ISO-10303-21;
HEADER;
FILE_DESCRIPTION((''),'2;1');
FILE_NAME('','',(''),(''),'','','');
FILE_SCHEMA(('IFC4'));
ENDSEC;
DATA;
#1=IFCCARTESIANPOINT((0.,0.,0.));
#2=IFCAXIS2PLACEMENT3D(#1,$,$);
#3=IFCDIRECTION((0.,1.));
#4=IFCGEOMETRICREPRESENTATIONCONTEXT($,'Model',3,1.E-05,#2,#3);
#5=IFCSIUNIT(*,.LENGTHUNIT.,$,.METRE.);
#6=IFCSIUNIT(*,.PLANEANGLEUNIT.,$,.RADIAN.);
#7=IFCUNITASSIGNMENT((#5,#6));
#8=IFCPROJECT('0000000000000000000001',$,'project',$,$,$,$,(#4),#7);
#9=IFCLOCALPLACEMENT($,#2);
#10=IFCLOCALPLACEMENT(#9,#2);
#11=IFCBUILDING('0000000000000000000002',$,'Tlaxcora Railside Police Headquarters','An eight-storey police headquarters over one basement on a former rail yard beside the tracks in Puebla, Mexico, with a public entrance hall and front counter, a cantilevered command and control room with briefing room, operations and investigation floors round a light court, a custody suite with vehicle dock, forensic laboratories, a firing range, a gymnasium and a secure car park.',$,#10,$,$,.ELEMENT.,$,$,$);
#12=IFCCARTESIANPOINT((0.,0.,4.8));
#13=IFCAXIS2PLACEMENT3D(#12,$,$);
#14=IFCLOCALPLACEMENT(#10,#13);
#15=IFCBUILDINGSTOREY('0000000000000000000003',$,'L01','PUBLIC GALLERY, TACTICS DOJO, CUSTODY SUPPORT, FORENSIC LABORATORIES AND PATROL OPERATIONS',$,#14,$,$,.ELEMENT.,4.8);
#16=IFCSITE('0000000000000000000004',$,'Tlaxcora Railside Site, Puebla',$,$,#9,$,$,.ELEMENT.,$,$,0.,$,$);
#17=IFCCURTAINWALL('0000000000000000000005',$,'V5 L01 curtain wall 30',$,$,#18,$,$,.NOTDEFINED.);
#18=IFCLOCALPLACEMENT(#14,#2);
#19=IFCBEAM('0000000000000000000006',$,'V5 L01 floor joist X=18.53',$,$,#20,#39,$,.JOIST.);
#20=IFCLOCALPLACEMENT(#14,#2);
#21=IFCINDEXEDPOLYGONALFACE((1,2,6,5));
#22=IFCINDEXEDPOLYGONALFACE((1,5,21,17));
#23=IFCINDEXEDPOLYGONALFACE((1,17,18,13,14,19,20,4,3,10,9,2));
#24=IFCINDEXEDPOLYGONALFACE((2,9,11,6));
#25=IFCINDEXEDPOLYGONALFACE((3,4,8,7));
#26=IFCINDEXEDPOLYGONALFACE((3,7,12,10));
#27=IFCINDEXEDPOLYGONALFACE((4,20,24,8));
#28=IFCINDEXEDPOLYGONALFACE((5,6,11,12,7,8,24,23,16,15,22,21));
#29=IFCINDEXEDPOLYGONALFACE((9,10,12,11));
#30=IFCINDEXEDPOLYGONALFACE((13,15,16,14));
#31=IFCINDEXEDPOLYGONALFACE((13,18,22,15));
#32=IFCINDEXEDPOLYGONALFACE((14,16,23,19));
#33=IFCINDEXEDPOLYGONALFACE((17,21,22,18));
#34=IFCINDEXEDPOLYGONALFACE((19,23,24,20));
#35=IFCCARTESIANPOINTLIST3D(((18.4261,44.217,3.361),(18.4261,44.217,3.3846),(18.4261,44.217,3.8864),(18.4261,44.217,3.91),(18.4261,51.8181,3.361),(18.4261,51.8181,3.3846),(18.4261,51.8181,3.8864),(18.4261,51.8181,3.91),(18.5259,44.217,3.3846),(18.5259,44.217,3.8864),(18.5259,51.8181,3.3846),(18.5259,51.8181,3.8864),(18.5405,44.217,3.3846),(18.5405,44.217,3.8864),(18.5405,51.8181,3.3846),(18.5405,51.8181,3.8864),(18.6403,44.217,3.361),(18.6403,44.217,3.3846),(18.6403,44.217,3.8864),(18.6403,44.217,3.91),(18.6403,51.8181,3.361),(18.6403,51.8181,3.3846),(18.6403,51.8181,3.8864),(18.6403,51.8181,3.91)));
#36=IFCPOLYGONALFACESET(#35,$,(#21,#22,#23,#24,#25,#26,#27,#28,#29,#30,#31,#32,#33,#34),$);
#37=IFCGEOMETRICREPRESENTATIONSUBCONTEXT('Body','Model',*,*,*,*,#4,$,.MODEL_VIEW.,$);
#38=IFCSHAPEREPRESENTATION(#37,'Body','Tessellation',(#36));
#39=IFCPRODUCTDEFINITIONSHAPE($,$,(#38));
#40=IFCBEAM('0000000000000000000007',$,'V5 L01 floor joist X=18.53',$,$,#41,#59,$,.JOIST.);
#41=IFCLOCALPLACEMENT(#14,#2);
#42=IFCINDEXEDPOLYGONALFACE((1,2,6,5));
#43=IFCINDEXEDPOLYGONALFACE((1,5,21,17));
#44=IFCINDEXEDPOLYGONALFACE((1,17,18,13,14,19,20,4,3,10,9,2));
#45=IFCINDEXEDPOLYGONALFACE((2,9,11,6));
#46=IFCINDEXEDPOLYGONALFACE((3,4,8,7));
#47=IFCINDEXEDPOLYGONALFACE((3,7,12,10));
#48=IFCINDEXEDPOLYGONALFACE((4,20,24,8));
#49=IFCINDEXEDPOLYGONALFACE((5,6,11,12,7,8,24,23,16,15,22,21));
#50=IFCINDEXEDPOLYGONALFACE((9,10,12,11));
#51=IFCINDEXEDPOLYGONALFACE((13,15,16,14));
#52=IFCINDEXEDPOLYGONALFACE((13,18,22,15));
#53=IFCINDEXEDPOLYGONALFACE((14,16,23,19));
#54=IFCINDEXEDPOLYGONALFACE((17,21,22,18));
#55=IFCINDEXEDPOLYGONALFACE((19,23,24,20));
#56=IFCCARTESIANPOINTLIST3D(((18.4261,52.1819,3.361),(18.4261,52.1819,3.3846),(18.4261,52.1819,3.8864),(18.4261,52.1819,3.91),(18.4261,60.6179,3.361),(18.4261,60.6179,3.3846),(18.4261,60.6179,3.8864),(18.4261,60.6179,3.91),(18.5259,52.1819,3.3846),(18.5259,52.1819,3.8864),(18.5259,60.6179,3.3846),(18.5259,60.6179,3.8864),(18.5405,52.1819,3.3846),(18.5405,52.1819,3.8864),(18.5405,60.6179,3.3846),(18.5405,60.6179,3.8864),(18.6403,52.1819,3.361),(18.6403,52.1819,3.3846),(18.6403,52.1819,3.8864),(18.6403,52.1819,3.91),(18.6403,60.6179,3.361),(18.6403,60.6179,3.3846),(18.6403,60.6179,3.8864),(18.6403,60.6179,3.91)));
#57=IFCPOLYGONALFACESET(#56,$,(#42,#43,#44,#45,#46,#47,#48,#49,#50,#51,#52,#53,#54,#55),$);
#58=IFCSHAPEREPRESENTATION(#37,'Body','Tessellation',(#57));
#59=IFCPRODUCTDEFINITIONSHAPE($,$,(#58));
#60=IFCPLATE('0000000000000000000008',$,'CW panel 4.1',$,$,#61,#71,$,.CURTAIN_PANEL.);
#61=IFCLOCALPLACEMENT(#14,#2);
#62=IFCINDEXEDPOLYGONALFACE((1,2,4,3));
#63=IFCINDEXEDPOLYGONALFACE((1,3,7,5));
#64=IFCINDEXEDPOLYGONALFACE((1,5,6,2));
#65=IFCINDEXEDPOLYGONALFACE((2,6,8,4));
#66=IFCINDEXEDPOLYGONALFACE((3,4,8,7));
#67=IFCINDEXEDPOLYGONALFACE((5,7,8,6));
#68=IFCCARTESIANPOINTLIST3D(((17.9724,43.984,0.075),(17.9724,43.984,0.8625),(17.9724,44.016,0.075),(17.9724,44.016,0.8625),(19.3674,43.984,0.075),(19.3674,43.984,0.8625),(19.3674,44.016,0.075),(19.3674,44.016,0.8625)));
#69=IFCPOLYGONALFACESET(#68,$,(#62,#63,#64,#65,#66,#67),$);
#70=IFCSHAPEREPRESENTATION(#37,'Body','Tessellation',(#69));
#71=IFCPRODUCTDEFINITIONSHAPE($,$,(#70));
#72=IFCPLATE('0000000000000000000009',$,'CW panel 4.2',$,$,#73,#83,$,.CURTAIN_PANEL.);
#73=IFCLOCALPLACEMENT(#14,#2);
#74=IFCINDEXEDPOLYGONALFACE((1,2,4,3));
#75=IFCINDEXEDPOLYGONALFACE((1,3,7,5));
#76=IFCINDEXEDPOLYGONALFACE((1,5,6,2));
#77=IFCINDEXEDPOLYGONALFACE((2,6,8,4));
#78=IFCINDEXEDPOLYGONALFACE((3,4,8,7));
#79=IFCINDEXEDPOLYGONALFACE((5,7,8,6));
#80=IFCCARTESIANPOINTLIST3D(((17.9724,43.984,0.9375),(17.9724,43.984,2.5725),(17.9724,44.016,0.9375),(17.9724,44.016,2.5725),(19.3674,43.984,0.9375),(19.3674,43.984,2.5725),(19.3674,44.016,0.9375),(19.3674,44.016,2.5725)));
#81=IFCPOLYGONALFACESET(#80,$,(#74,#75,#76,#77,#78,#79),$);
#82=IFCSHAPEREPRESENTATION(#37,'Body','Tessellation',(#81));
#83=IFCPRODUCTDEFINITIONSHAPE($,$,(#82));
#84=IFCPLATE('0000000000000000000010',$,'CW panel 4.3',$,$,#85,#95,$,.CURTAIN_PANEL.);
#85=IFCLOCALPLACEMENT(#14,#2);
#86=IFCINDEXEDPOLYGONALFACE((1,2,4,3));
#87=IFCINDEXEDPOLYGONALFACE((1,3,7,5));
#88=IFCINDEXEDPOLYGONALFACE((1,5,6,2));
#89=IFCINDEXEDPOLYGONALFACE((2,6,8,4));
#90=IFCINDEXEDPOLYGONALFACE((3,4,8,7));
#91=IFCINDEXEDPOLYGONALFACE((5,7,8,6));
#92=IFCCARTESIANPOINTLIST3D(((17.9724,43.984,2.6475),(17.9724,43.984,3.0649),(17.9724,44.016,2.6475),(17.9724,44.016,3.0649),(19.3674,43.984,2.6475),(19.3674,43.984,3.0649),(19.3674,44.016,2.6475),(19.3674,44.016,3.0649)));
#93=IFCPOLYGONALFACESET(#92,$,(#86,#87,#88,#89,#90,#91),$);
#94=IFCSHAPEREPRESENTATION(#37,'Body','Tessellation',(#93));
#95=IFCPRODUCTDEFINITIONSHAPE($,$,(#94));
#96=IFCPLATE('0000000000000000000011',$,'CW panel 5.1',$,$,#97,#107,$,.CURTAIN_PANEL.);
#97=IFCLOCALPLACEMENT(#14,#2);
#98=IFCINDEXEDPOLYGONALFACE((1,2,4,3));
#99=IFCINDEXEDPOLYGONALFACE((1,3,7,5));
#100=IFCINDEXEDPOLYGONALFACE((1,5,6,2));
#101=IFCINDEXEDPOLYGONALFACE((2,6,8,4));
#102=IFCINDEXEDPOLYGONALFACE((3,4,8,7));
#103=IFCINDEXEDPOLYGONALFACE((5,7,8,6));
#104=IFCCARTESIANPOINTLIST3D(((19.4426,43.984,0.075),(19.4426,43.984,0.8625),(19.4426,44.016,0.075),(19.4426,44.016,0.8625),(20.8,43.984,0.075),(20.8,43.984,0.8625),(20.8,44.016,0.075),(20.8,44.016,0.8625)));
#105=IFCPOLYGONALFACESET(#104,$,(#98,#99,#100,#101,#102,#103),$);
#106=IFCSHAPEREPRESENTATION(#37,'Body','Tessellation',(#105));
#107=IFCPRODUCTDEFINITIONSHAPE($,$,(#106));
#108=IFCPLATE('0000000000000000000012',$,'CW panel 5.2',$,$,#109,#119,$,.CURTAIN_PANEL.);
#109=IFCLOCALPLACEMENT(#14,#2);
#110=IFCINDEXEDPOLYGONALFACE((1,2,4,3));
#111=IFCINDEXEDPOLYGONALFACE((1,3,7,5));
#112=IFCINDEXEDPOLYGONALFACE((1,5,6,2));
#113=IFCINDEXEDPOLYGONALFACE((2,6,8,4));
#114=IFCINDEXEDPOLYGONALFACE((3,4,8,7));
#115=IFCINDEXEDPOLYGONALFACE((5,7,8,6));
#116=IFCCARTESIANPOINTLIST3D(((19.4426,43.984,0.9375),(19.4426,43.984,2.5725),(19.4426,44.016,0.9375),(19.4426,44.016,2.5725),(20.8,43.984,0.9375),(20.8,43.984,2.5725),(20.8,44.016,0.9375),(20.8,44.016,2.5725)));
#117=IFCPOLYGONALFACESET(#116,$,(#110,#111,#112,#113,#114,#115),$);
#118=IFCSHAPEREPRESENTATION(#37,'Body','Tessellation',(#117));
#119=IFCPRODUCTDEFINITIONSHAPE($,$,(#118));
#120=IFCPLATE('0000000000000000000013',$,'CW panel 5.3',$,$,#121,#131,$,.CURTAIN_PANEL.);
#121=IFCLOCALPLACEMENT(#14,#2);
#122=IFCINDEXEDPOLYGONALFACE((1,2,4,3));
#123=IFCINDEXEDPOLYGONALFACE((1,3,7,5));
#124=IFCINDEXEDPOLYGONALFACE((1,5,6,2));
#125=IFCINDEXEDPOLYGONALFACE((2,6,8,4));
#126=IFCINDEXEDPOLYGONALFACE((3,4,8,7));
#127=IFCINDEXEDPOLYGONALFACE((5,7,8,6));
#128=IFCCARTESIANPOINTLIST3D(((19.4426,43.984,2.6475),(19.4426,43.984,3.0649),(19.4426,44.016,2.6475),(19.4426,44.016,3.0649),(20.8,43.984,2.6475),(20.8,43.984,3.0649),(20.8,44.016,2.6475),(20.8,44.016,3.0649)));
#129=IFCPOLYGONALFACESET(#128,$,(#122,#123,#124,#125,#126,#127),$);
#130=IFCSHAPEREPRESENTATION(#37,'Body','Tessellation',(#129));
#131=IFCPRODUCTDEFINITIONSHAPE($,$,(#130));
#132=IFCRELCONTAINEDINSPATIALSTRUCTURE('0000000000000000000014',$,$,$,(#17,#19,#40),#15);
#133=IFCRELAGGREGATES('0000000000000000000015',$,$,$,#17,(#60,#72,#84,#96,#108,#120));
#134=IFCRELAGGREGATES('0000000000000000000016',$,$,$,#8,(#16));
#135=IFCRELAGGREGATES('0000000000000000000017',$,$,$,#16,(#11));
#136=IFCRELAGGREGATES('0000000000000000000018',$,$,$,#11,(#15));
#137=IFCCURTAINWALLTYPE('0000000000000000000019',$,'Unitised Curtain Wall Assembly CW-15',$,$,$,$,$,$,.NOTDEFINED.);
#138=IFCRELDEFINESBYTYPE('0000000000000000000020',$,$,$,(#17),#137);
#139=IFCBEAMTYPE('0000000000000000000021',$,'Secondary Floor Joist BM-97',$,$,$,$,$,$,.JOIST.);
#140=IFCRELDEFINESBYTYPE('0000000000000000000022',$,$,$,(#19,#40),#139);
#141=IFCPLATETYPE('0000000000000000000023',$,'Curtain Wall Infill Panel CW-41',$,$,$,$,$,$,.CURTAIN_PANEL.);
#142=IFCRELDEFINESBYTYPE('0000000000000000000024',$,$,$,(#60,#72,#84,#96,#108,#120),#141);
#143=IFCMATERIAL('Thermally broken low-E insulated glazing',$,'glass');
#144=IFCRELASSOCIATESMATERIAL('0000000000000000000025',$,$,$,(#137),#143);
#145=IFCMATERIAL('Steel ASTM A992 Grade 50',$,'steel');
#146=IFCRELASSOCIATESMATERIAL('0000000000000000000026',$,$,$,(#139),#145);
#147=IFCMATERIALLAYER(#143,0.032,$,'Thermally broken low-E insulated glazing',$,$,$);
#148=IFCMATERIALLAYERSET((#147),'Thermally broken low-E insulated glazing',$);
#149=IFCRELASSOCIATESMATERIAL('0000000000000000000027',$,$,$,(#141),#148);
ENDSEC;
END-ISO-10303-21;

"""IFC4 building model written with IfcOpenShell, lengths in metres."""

from ifc_helpers import new_model, si_unit, direction, frame, origin, origin_2d, place, context, subcontext, project, spatial, rectangle, i_section, extrude, material, layer, layer_set, material_profile, profile_set, type_object, element, aggregate, save


model = new_model("IFC4")

# Units and contexts
model_context = context("Model", 3, precision=1e-05, world=origin(), true_north=direction((0.0, 1.0)))
body_context = subcontext(model_context, "Body", "Model", "MODEL_VIEW")
ifc_project = project(units=[si_unit("LENGTHUNIT", "METRE"), si_unit("PLANEANGLEUNIT", "RADIAN")], contexts=[model_context])

# Site, building, storey
site_placement = place(None, origin())
site = spatial("IfcSite", under=ifc_project, at=site_placement, Name="Tlaxcora Railside Site, Puebla", CompositionType="ELEMENT", RefElevation=0.0)
building_placement = place(site_placement, origin())
building = spatial("IfcBuilding", under=site, at=building_placement, Name="Tlaxcora Railside Police Headquarters", Description="An eight-storey police headquarters over one basement on a former rail yard beside the tracks in Puebla, Mexico, with a public entrance hall and front counter, a cantilevered command and control room with briefing room, operations and investigation floors round a light court, a custody suite with vehicle dock, forensic laboratories, a firing range, a gymnasium and a secure car park.", CompositionType="ELEMENT")
storey_placement = place(building_placement, frame((0.0, 0.0, 4.8)))
storey = spatial("IfcBuildingStorey", under=building, at=storey_placement, Name="L01", Description="PUBLIC GALLERY, TACTICS DOJO, CUSTODY SUPPORT, FORENSIC LABORATORIES AND PATROL OPERATIONS", CompositionType="ELEMENT", Elevation=4.8)

# Curtain wall
ifc_material_1 = material(Name="Thermally broken low-E insulated glazing", Category="glass")
curtain_wall_type = type_object("IfcCurtainWallType", Name="Unitised Curtain Wall Assembly CW-15", PredefinedType="NOTDEFINED", material=ifc_material_1)
curtain_wall_placement = place(storey_placement, origin())
curtain_wall = element("IfcCurtainWall", 1, at=curtain_wall_placement, inside=storey, type_object=curtain_wall_type, Name="V5 L01 curtain wall 30", PredefinedType="NOTDEFINED")

# Beams
ifc_material_2 = material(Name="Steel ASTM A992 Grade 50", Category="steel")
ifc_material_profile_1 = material_profile(ifc_material_2, i_section(OverallWidth=0.2141, OverallDepth=0.5491, WebThickness=0.0146, FlangeThickness=0.0237, at=origin_2d()), Name="W21X93")
ifc_profile_set_1 = profile_set([ifc_material_profile_1], Name="Steel ASTM A992 Grade 50")
beam_type_1 = type_object("IfcBeamType", Name="Secondary Floor Joist BM-97", PredefinedType="JOIST", material=ifc_profile_set_1)
beam_1_placement = place(storey_placement, frame((18.5332, 44.217, 3.6355), z_axis=(0.0, 1.0, 0.0), x_axis=(-1.0, 0.0, 0.0)))
element("IfcBeam", 2, at=beam_1_placement, inside=storey, type_object=beam_type_1, Name="V5 L01 floor joist X=18.53", PredefinedType="JOIST", context=body_context, shape_type="SweptSolid", body=[
    extrude(i_section(OverallWidth=0.2141, OverallDepth=0.5491, WebThickness=0.0146, FlangeThickness=0.0237, at=origin_2d()), origin(), (0.0, 0.0, 1.0), 7.6011),
])
beam_2_placement = place(storey_placement, frame((18.5332, 52.1819, 3.6355), z_axis=(0.0, 1.0, 0.0), x_axis=(-1.0, 0.0, 0.0)))
element("IfcBeam", 3, at=beam_2_placement, inside=storey, type_object=beam_type_1, Name="V5 L01 floor joist X=18.53", PredefinedType="JOIST", context=body_context, shape_type="SweptSolid", body=[
    extrude(i_section(OverallWidth=0.2141, OverallDepth=0.5491, WebThickness=0.0146, FlangeThickness=0.0237, at=origin_2d()), origin(), (0.0, 0.0, 1.0), 8.436),
])

# Plates
ifc_layer_1 = layer(ifc_material_1, 0.032, Name="Thermally broken low-E insulated glazing")
ifc_layer_set_1 = layer_set([ifc_layer_1], Name="Thermally broken low-E insulated glazing")
plate_type = type_object("IfcPlateType", Name="Curtain Wall Infill Panel CW-41", PredefinedType="CURTAIN_PANEL", material=ifc_layer_set_1)
plate_1_placement = place(storey_placement, frame((18.6699, 44.0, 0.075), z_axis=(0.0, 0.0, 1.0), x_axis=(1.0, 0.0, 0.0)))
plate_1 = element("IfcPlate", 4, at=plate_1_placement, type_object=plate_type, Name="CW panel 4.1", PredefinedType="CURTAIN_PANEL", context=body_context, shape_type="SweptSolid", body=[
    extrude(rectangle(XDim=1.395, YDim=0.032, at=origin_2d()), origin(), (0.0, 0.0, 1.0), 0.7876),
])
plate_2_placement = place(storey_placement, frame((18.6699, 44.0, 0.9375), z_axis=(0.0, 0.0, 1.0), x_axis=(1.0, 0.0, 0.0)))
plate_2 = element("IfcPlate", 5, at=plate_2_placement, type_object=plate_type, Name="CW panel 4.2", PredefinedType="CURTAIN_PANEL", context=body_context, shape_type="SweptSolid", body=[
    extrude(rectangle(XDim=1.395, YDim=0.032, at=origin_2d()), origin(), (0.0, 0.0, 1.0), 1.635),
])
plate_3_placement = place(storey_placement, frame((18.6699, 44.0, 2.6475), z_axis=(0.0, 0.0, 1.0), x_axis=(1.0, 0.0, 0.0)))
plate_3 = element("IfcPlate", 6, at=plate_3_placement, type_object=plate_type, Name="CW panel 4.3", PredefinedType="CURTAIN_PANEL", context=body_context, shape_type="SweptSolid", body=[
    extrude(rectangle(XDim=1.395, YDim=0.032, at=origin_2d()), origin(), (0.0, 0.0, 1.0), 0.4175),
])
plate_4_placement = place(storey_placement, frame((20.1213, 44.0, 0.075), z_axis=(0.0, 0.0, 1.0), x_axis=(1.0, 0.0, 0.0)))
plate_4 = element("IfcPlate", 7, at=plate_4_placement, type_object=plate_type, Name="CW panel 5.1", PredefinedType="CURTAIN_PANEL", context=body_context, shape_type="SweptSolid", body=[
    extrude(rectangle(XDim=1.3574, YDim=0.032, at=origin_2d()), origin(), (0.0, 0.0, 1.0), 0.7876),
])
plate_5_placement = place(storey_placement, frame((20.1213, 44.0, 0.9375), z_axis=(0.0, 0.0, 1.0), x_axis=(1.0, 0.0, 0.0)))
plate_5 = element("IfcPlate", 8, at=plate_5_placement, type_object=plate_type, Name="CW panel 5.2", PredefinedType="CURTAIN_PANEL", context=body_context, shape_type="SweptSolid", body=[
    extrude(rectangle(XDim=1.3574, YDim=0.032, at=origin_2d()), origin(), (0.0, 0.0, 1.0), 1.635),
])
plate_6_placement = place(storey_placement, frame((20.1213, 44.0, 2.6475), z_axis=(0.0, 0.0, 1.0), x_axis=(1.0, 0.0, 0.0)))
plate_6 = element("IfcPlate", 9, at=plate_6_placement, type_object=plate_type, Name="CW panel 5.3", PredefinedType="CURTAIN_PANEL", context=body_context, shape_type="SweptSolid", body=[
    extrude(rectangle(XDim=1.3574, YDim=0.032, at=origin_2d()), origin(), (0.0, 0.0, 1.0), 0.4175),
])
aggregate(curtain_wall, [plate_1, plate_2, plate_3, plate_4, plate_5, plate_6])

save(model, "model.ifc")
